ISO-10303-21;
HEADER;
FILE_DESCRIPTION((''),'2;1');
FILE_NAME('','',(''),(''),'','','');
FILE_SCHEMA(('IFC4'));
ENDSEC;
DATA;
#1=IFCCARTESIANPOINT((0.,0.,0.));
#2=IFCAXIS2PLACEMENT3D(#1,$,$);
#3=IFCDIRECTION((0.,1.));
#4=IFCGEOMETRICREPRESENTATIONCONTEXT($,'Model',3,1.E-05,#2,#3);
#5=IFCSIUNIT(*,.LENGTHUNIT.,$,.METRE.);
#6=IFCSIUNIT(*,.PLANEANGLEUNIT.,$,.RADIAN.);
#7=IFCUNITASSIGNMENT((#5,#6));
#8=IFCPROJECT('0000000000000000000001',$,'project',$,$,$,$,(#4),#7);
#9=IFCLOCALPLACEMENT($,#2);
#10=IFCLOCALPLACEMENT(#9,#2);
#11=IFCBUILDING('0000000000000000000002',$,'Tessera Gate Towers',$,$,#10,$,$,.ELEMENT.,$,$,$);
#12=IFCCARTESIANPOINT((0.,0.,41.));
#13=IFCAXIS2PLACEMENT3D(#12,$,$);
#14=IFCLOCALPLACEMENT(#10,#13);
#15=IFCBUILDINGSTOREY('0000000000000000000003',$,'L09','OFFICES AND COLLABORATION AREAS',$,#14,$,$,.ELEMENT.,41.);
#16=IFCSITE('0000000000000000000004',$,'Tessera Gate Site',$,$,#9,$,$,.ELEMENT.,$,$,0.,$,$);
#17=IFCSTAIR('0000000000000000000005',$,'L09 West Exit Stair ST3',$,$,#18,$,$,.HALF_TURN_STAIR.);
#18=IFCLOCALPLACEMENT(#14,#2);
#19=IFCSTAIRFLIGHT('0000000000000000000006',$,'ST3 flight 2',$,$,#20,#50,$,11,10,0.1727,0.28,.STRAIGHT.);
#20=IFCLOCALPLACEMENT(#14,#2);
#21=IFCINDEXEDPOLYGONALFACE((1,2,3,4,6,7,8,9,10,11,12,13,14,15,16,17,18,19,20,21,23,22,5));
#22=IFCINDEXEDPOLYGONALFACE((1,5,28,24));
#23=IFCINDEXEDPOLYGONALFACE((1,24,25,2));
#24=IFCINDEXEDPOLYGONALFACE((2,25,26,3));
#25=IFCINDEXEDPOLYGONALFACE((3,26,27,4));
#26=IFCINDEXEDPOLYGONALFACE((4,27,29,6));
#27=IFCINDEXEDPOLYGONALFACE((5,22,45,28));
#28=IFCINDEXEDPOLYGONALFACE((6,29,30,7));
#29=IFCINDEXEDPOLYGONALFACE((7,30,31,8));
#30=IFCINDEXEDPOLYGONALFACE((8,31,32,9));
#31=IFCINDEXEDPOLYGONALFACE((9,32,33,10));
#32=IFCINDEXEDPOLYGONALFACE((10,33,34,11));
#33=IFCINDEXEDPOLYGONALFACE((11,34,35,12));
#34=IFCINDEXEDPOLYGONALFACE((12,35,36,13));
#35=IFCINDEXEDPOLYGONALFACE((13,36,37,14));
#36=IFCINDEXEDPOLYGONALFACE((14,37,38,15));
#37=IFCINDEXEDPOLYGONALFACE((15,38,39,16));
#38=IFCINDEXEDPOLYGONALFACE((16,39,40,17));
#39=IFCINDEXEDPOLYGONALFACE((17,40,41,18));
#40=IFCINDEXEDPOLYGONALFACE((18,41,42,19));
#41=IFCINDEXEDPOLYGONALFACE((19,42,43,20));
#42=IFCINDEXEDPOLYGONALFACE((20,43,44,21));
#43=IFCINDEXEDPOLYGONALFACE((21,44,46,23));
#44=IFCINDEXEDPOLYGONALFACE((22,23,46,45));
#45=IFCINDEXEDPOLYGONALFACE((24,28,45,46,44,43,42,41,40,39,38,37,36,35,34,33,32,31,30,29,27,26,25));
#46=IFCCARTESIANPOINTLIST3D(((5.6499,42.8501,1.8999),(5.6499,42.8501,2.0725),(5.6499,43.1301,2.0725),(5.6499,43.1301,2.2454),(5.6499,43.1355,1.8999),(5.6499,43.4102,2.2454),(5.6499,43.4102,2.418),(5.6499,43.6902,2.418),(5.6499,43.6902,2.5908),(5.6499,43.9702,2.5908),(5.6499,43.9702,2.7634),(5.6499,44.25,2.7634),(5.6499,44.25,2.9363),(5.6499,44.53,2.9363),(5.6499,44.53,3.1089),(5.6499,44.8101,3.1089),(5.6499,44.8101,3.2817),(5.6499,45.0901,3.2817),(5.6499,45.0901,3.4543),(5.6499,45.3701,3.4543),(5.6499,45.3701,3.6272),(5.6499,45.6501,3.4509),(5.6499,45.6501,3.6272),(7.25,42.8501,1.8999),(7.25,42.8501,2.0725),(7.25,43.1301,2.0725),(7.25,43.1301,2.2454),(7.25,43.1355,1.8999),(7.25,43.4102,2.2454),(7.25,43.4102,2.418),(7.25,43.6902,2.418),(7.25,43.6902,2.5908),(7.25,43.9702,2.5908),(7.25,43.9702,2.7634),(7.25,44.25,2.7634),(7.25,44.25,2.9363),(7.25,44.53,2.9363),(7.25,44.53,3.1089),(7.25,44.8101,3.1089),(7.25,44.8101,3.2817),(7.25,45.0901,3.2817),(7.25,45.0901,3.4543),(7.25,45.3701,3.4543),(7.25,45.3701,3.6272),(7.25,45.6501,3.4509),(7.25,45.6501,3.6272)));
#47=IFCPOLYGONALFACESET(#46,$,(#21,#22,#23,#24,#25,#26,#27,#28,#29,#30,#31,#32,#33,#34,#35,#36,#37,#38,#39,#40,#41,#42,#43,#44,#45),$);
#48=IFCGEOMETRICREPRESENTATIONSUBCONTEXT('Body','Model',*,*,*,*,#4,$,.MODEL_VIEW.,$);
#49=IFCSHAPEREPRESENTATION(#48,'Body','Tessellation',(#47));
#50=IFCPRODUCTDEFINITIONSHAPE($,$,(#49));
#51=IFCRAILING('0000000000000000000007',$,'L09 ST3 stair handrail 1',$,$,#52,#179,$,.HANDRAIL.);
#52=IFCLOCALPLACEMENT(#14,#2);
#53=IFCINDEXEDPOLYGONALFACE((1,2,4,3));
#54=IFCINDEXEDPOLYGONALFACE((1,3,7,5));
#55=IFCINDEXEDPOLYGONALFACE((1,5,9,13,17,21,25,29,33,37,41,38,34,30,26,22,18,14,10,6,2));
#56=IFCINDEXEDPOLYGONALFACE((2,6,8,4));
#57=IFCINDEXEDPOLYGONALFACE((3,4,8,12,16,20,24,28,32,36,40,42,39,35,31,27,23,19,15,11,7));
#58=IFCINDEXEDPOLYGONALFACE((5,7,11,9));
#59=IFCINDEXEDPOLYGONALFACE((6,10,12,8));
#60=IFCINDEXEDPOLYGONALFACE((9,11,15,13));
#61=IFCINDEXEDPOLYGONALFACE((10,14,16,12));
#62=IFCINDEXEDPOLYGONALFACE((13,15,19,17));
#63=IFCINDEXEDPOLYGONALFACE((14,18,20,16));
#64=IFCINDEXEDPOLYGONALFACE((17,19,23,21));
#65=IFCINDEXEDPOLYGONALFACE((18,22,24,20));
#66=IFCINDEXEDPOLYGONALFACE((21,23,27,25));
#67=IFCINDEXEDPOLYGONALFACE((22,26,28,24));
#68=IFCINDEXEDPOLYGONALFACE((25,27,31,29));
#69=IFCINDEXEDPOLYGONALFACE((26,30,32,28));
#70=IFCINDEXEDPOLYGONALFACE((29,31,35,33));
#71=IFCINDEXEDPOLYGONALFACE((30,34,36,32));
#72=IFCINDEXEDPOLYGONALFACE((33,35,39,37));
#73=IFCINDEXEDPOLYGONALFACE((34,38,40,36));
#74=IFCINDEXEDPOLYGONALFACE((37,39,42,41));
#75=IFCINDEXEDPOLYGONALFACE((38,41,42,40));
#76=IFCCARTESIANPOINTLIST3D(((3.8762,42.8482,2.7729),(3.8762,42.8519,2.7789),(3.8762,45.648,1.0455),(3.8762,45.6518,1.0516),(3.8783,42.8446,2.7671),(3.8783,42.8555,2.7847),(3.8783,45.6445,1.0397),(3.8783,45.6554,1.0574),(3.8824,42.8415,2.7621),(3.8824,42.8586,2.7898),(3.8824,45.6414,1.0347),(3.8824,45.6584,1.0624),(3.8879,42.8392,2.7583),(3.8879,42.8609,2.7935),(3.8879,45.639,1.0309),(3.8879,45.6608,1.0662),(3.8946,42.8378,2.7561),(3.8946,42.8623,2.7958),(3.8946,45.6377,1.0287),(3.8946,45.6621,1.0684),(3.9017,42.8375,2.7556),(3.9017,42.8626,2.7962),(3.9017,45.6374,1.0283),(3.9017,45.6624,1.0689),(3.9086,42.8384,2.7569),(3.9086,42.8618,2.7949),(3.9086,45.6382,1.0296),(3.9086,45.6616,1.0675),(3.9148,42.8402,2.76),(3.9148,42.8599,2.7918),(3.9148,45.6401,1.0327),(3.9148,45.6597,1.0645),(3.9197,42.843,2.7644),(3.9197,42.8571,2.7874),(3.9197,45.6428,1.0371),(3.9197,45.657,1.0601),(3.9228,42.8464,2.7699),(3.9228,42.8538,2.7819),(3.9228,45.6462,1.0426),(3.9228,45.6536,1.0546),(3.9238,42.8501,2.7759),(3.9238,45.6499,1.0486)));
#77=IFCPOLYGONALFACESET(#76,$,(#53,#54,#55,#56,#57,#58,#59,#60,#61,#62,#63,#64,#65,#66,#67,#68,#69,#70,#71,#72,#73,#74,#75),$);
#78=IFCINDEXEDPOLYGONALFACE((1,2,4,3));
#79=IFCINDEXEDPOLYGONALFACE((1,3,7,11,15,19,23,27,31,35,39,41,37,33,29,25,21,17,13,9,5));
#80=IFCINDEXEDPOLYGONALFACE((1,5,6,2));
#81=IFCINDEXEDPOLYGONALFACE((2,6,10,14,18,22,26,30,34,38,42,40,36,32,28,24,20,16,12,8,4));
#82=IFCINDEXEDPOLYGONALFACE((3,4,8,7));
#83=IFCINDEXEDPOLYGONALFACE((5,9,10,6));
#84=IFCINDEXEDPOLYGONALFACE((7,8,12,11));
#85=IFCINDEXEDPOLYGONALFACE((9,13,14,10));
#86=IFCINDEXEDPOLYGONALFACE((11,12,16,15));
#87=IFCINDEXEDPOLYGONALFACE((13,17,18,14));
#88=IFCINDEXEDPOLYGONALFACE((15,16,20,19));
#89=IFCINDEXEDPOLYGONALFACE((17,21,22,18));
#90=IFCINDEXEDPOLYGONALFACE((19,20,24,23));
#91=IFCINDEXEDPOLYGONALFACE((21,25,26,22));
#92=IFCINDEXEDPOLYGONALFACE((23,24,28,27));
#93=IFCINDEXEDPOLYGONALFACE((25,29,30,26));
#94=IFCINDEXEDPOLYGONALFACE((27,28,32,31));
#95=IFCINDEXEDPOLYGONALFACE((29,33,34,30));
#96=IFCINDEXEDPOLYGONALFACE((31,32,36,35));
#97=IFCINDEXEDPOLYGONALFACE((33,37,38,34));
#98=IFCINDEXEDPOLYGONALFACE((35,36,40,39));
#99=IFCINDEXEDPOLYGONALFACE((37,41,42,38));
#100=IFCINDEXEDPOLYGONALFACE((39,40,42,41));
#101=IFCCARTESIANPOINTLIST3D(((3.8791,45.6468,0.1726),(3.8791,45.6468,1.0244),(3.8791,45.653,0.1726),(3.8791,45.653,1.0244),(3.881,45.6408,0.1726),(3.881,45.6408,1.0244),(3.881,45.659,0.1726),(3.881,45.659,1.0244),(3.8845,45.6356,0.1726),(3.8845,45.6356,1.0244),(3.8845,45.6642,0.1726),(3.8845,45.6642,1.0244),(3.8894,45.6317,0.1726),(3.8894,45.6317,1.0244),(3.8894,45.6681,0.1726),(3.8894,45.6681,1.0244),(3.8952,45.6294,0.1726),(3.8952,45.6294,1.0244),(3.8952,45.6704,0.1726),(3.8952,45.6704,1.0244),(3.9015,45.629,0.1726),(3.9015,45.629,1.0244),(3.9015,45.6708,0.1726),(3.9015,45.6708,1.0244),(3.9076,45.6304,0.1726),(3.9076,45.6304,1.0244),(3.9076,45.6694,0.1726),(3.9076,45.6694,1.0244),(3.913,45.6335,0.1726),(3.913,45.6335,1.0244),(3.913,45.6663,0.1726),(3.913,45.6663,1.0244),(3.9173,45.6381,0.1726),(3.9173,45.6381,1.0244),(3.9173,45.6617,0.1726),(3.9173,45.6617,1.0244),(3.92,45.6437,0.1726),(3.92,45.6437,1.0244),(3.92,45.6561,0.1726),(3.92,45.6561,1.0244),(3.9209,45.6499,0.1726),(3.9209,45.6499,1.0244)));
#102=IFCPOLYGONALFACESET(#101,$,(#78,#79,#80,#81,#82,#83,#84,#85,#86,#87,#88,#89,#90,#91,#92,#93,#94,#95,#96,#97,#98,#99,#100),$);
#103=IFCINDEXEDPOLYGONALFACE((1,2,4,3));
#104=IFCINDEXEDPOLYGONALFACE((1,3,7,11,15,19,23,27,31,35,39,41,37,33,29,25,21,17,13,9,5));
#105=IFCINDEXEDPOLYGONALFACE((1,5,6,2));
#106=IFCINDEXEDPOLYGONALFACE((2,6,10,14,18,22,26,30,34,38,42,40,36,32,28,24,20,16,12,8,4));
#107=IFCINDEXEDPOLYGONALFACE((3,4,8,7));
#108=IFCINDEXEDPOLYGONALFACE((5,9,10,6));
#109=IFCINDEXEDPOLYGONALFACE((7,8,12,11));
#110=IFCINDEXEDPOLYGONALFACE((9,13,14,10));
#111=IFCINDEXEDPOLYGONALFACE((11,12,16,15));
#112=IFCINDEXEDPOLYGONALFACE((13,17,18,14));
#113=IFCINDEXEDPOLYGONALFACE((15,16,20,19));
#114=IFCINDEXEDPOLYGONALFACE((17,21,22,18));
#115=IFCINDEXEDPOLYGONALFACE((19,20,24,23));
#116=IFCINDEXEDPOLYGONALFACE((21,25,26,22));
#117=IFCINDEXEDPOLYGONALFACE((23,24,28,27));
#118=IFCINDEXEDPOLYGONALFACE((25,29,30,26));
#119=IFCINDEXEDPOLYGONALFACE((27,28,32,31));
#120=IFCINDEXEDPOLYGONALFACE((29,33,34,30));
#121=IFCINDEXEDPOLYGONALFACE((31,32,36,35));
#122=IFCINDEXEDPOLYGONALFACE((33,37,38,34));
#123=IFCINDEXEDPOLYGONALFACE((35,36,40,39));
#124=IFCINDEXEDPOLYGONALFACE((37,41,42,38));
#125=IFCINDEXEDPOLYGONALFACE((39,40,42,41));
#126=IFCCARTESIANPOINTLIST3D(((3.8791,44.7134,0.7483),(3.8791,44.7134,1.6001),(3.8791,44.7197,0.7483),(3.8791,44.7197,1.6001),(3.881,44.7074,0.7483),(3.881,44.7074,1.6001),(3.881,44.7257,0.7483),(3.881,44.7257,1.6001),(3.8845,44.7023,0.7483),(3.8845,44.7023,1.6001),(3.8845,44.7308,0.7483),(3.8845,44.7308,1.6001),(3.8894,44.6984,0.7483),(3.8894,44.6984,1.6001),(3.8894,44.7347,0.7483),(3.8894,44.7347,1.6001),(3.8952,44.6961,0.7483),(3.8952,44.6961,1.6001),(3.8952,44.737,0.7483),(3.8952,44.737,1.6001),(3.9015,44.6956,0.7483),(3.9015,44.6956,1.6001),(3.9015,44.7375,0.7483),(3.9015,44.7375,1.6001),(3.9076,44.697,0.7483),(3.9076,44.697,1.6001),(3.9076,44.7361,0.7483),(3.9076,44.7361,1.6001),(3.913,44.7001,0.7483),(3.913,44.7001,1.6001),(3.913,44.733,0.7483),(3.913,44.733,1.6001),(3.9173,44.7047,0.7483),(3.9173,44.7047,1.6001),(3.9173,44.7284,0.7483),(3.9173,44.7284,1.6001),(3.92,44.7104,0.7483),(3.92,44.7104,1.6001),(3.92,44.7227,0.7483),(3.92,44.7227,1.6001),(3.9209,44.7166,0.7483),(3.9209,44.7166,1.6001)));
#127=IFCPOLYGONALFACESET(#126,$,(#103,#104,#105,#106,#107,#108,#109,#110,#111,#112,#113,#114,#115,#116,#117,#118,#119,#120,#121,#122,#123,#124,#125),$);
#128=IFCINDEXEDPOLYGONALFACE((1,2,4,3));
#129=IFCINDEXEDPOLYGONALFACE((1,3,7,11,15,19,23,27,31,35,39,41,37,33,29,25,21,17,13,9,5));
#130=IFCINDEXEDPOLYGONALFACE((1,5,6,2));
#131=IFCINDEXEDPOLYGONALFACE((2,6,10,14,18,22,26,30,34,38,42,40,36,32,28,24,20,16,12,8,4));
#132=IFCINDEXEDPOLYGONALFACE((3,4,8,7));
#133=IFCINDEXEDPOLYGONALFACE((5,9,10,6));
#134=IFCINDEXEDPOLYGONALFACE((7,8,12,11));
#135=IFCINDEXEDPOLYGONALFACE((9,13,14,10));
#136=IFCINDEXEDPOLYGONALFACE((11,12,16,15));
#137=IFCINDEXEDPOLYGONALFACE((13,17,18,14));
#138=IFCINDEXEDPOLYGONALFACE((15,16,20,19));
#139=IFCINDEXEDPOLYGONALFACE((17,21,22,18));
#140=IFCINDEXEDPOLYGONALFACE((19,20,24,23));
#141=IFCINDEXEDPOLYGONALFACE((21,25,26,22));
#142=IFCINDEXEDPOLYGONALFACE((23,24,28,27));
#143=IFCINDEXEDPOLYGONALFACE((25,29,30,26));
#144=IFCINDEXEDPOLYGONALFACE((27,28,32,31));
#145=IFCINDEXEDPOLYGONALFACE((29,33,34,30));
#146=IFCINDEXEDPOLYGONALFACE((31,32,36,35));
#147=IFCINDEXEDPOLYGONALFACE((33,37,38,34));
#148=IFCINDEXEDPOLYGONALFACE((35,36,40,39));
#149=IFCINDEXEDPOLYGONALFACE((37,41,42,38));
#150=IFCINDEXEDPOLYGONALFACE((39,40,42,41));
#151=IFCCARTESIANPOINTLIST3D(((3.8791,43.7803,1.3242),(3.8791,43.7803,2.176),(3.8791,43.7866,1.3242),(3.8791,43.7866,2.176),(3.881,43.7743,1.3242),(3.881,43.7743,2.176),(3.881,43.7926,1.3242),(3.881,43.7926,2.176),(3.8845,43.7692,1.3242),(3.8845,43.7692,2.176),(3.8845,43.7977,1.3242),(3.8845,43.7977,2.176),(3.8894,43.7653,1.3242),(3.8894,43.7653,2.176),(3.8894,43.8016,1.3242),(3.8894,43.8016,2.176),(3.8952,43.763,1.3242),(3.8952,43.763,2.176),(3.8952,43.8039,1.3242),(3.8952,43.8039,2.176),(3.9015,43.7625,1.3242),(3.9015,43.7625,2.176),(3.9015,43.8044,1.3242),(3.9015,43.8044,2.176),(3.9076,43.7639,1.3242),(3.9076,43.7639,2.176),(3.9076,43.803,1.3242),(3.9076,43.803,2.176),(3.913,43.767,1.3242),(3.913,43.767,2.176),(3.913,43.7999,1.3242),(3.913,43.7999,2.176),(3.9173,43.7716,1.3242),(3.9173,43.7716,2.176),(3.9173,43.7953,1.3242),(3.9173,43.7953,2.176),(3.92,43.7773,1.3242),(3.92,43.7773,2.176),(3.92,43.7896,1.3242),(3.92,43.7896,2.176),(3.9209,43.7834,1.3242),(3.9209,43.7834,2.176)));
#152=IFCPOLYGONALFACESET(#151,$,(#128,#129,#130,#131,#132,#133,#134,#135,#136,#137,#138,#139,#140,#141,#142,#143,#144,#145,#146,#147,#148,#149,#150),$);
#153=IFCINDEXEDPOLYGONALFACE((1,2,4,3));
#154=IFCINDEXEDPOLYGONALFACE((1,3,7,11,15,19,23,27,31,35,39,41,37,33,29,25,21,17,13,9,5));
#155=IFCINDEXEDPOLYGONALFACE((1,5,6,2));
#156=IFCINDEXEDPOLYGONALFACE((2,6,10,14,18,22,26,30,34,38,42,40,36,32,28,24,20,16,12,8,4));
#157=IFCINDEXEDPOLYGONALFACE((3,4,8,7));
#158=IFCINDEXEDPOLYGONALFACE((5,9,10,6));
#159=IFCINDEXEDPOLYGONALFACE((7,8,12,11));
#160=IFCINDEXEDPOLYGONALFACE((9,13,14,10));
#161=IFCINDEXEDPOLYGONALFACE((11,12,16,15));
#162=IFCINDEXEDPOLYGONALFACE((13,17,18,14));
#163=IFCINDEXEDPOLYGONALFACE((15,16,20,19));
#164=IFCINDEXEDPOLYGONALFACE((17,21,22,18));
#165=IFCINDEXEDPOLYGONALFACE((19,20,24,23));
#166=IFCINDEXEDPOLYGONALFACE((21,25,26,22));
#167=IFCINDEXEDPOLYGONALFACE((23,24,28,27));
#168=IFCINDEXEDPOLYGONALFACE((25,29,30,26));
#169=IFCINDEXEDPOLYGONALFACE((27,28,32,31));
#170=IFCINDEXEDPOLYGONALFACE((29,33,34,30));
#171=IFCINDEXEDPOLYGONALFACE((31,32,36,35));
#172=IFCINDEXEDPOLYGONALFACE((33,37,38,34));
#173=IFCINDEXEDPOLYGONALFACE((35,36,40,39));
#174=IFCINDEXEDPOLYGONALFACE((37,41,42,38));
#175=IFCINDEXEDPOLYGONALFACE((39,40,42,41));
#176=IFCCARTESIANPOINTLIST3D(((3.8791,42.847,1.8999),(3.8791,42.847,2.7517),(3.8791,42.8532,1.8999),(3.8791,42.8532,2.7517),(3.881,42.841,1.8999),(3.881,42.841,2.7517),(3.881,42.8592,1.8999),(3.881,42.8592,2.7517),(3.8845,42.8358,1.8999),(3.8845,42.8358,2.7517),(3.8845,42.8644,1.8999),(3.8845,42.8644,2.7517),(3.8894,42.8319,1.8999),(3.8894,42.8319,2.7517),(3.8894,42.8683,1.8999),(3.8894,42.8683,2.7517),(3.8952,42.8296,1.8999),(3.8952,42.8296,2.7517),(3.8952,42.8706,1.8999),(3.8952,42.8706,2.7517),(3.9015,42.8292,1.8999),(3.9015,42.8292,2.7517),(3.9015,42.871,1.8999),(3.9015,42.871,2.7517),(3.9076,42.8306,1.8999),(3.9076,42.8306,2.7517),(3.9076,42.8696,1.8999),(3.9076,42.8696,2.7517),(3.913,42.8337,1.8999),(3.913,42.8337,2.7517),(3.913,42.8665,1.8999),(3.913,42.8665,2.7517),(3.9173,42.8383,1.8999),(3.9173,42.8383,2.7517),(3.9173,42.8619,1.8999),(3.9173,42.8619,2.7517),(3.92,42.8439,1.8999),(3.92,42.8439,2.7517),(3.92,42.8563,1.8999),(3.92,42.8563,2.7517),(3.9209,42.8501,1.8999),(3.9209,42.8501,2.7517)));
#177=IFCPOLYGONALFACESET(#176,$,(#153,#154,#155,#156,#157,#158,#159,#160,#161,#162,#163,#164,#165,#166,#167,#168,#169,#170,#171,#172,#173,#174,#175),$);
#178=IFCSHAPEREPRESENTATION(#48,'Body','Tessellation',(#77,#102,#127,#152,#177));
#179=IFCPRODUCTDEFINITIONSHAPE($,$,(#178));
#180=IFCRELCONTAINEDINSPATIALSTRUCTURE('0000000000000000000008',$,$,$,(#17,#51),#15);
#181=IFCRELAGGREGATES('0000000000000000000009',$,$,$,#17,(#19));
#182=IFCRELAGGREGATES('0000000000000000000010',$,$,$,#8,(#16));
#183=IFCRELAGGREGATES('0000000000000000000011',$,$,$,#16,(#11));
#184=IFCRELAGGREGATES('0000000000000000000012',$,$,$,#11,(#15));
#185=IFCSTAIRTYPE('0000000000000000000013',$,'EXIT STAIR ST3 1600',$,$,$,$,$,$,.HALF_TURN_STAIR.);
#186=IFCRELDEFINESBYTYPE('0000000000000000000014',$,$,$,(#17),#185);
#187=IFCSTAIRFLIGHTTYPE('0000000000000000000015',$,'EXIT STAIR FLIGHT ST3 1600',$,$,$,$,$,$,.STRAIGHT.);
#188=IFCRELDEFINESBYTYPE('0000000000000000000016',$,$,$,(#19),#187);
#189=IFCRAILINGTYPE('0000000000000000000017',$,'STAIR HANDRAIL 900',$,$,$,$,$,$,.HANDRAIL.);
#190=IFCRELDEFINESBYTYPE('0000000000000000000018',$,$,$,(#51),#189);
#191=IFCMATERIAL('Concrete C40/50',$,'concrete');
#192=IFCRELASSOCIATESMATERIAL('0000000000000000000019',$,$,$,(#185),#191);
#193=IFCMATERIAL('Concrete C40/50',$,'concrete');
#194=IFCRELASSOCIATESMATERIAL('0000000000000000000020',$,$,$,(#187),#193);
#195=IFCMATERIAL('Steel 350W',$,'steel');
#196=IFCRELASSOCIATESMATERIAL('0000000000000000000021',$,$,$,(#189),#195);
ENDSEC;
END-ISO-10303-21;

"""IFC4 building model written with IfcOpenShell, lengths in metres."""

from ifc_helpers import new_model, si_unit, direction, frame, origin, origin_2d, place, context, subcontext, project, spatial, polyline, circle, outline, extrude, material, type_object, element, aggregate, save


model = new_model("IFC4")

# Units and contexts
model_context = context("Model", 3, precision=1e-05, world=origin(), true_north=direction((0.0, 1.0)))
body_context = subcontext(model_context, "Body", "Model", "MODEL_VIEW")
ifc_project = project(units=[si_unit("LENGTHUNIT", "METRE"), si_unit("PLANEANGLEUNIT", "RADIAN")], contexts=[model_context])

# Site, building, storey
site_placement = place(None, origin())
site = spatial("IfcSite", under=ifc_project, at=site_placement, Name="Tessera Gate Site", CompositionType="ELEMENT", RefElevation=0.0)
building_placement = place(site_placement, origin())
building = spatial("IfcBuilding", under=site, at=building_placement, Name="Tessera Gate Towers", CompositionType="ELEMENT")
storey_placement = place(building_placement, frame((0.0, 0.0, 41.0)))
storey = spatial("IfcBuildingStorey", under=building, at=storey_placement, Name="L09", Description="OFFICES AND COLLABORATION AREAS", CompositionType="ELEMENT", Elevation=41.0)

# Stair, stair flight
ifc_material_1 = material(Name="Concrete C40/50", Category="concrete")
stair_type = type_object("IfcStairType", Name="EXIT STAIR ST3 1600", PredefinedType="HALF_TURN_STAIR", material=ifc_material_1)
stair_placement = place(storey_placement, origin())
stair = element("IfcStair", 1, at=stair_placement, inside=storey, type_object=stair_type, Name="L09 West Exit Stair ST3", PredefinedType="HALF_TURN_STAIR")
ifc_material_2 = material(Name="Concrete C40/50", Category="concrete")
stair_flight_type = type_object("IfcStairFlightType", Name="EXIT STAIR FLIGHT ST3 1600", PredefinedType="STRAIGHT", material=ifc_material_2)
stair_flight_1_placement = place(storey_placement, frame((6.45, 42.8501, 1.8999), z_axis=(0.0, 0.0, 1.0), x_axis=(0.0, 1.0, 0.0)))
stair_flight_1 = element("IfcStairFlight", 2, at=stair_flight_1_placement, type_object=stair_flight_type, Name="ST3 flight 2", NumberOfRisers=11, NumberOfTreads=10, PredefinedType="STRAIGHT", RiserHeight=0.1727, TreadLength=0.28, context=body_context, shape_type="SweptSolid", body=[
    extrude(outline(polyline([(0.0, 0.0), (0.0, 0.1726), (0.28, 0.1726), (0.28, 0.3455), (0.5601, 0.3455), (0.5601, 0.5181), (0.8401, 0.5181), (0.8401, 0.6909), (1.1201, 0.6909), (1.1201, 0.8635), (1.3999, 0.8635), (1.3999, 1.0364), (1.6799, 1.0364), (1.6799, 1.209), (1.96, 1.209), (1.96, 1.3818), (2.24, 1.3818), (2.24, 1.5544), (2.52, 1.5544), (2.52, 1.7273), (2.8, 1.7273), (2.8, 1.8999), (2.8, 1.551), (0.2854, 0.0), (0.0, 0.0)])), frame((0.0, 0.8, 0.0), z_axis=(0.0, -1.0, 0.0), x_axis=(1.0, 0.0, 0.0)), (0.0, 0.0, 1.0), 1.6001),
])
aggregate(stair, [stair_flight_1])

# Railing
ifc_material_3 = material(Name="Steel 350W", Category="steel")
railing_type_1 = type_object("IfcRailingType", Name="STAIR HANDRAIL 900", PredefinedType="HANDRAIL", material=ifc_material_3)
railing_1_placement = place(storey_placement, frame((3.8999, 45.6499, 0.1726)))
element("IfcRailing", 3, at=railing_1_placement, inside=storey, type_object=railing_type_1, Name="L09 ST3 stair handrail 1", PredefinedType="HANDRAIL", context=body_context, shape_type="SweptSolid", body=[
    extrude(circle(Radius=0.0239, at=origin_2d()), frame((0.0, 0.0, 0.876), z_axis=(0.0, -0.851069, 0.525054), x_axis=(1.0, 0.0, 0.0)), (0.0, 0.0, 1.0), 3.2898),
    extrude(circle(Radius=0.021, at=origin_2d()), origin(), (0.0, 0.0, 1.0), 0.8518),
    extrude(circle(Radius=0.021, at=origin_2d()), frame((0.0, -0.9333, 0.5757)), (0.0, 0.0, 1.0), 0.8518),
    extrude(circle(Radius=0.021, at=origin_2d()), frame((0.0, -1.8665, 1.1516)), (0.0, 0.0, 1.0), 0.8518),
    extrude(circle(Radius=0.021, at=origin_2d()), frame((0.0, -2.7998, 1.7273)), (0.0, 0.0, 1.0), 0.8518),
])

save(model, "model.ifc")
